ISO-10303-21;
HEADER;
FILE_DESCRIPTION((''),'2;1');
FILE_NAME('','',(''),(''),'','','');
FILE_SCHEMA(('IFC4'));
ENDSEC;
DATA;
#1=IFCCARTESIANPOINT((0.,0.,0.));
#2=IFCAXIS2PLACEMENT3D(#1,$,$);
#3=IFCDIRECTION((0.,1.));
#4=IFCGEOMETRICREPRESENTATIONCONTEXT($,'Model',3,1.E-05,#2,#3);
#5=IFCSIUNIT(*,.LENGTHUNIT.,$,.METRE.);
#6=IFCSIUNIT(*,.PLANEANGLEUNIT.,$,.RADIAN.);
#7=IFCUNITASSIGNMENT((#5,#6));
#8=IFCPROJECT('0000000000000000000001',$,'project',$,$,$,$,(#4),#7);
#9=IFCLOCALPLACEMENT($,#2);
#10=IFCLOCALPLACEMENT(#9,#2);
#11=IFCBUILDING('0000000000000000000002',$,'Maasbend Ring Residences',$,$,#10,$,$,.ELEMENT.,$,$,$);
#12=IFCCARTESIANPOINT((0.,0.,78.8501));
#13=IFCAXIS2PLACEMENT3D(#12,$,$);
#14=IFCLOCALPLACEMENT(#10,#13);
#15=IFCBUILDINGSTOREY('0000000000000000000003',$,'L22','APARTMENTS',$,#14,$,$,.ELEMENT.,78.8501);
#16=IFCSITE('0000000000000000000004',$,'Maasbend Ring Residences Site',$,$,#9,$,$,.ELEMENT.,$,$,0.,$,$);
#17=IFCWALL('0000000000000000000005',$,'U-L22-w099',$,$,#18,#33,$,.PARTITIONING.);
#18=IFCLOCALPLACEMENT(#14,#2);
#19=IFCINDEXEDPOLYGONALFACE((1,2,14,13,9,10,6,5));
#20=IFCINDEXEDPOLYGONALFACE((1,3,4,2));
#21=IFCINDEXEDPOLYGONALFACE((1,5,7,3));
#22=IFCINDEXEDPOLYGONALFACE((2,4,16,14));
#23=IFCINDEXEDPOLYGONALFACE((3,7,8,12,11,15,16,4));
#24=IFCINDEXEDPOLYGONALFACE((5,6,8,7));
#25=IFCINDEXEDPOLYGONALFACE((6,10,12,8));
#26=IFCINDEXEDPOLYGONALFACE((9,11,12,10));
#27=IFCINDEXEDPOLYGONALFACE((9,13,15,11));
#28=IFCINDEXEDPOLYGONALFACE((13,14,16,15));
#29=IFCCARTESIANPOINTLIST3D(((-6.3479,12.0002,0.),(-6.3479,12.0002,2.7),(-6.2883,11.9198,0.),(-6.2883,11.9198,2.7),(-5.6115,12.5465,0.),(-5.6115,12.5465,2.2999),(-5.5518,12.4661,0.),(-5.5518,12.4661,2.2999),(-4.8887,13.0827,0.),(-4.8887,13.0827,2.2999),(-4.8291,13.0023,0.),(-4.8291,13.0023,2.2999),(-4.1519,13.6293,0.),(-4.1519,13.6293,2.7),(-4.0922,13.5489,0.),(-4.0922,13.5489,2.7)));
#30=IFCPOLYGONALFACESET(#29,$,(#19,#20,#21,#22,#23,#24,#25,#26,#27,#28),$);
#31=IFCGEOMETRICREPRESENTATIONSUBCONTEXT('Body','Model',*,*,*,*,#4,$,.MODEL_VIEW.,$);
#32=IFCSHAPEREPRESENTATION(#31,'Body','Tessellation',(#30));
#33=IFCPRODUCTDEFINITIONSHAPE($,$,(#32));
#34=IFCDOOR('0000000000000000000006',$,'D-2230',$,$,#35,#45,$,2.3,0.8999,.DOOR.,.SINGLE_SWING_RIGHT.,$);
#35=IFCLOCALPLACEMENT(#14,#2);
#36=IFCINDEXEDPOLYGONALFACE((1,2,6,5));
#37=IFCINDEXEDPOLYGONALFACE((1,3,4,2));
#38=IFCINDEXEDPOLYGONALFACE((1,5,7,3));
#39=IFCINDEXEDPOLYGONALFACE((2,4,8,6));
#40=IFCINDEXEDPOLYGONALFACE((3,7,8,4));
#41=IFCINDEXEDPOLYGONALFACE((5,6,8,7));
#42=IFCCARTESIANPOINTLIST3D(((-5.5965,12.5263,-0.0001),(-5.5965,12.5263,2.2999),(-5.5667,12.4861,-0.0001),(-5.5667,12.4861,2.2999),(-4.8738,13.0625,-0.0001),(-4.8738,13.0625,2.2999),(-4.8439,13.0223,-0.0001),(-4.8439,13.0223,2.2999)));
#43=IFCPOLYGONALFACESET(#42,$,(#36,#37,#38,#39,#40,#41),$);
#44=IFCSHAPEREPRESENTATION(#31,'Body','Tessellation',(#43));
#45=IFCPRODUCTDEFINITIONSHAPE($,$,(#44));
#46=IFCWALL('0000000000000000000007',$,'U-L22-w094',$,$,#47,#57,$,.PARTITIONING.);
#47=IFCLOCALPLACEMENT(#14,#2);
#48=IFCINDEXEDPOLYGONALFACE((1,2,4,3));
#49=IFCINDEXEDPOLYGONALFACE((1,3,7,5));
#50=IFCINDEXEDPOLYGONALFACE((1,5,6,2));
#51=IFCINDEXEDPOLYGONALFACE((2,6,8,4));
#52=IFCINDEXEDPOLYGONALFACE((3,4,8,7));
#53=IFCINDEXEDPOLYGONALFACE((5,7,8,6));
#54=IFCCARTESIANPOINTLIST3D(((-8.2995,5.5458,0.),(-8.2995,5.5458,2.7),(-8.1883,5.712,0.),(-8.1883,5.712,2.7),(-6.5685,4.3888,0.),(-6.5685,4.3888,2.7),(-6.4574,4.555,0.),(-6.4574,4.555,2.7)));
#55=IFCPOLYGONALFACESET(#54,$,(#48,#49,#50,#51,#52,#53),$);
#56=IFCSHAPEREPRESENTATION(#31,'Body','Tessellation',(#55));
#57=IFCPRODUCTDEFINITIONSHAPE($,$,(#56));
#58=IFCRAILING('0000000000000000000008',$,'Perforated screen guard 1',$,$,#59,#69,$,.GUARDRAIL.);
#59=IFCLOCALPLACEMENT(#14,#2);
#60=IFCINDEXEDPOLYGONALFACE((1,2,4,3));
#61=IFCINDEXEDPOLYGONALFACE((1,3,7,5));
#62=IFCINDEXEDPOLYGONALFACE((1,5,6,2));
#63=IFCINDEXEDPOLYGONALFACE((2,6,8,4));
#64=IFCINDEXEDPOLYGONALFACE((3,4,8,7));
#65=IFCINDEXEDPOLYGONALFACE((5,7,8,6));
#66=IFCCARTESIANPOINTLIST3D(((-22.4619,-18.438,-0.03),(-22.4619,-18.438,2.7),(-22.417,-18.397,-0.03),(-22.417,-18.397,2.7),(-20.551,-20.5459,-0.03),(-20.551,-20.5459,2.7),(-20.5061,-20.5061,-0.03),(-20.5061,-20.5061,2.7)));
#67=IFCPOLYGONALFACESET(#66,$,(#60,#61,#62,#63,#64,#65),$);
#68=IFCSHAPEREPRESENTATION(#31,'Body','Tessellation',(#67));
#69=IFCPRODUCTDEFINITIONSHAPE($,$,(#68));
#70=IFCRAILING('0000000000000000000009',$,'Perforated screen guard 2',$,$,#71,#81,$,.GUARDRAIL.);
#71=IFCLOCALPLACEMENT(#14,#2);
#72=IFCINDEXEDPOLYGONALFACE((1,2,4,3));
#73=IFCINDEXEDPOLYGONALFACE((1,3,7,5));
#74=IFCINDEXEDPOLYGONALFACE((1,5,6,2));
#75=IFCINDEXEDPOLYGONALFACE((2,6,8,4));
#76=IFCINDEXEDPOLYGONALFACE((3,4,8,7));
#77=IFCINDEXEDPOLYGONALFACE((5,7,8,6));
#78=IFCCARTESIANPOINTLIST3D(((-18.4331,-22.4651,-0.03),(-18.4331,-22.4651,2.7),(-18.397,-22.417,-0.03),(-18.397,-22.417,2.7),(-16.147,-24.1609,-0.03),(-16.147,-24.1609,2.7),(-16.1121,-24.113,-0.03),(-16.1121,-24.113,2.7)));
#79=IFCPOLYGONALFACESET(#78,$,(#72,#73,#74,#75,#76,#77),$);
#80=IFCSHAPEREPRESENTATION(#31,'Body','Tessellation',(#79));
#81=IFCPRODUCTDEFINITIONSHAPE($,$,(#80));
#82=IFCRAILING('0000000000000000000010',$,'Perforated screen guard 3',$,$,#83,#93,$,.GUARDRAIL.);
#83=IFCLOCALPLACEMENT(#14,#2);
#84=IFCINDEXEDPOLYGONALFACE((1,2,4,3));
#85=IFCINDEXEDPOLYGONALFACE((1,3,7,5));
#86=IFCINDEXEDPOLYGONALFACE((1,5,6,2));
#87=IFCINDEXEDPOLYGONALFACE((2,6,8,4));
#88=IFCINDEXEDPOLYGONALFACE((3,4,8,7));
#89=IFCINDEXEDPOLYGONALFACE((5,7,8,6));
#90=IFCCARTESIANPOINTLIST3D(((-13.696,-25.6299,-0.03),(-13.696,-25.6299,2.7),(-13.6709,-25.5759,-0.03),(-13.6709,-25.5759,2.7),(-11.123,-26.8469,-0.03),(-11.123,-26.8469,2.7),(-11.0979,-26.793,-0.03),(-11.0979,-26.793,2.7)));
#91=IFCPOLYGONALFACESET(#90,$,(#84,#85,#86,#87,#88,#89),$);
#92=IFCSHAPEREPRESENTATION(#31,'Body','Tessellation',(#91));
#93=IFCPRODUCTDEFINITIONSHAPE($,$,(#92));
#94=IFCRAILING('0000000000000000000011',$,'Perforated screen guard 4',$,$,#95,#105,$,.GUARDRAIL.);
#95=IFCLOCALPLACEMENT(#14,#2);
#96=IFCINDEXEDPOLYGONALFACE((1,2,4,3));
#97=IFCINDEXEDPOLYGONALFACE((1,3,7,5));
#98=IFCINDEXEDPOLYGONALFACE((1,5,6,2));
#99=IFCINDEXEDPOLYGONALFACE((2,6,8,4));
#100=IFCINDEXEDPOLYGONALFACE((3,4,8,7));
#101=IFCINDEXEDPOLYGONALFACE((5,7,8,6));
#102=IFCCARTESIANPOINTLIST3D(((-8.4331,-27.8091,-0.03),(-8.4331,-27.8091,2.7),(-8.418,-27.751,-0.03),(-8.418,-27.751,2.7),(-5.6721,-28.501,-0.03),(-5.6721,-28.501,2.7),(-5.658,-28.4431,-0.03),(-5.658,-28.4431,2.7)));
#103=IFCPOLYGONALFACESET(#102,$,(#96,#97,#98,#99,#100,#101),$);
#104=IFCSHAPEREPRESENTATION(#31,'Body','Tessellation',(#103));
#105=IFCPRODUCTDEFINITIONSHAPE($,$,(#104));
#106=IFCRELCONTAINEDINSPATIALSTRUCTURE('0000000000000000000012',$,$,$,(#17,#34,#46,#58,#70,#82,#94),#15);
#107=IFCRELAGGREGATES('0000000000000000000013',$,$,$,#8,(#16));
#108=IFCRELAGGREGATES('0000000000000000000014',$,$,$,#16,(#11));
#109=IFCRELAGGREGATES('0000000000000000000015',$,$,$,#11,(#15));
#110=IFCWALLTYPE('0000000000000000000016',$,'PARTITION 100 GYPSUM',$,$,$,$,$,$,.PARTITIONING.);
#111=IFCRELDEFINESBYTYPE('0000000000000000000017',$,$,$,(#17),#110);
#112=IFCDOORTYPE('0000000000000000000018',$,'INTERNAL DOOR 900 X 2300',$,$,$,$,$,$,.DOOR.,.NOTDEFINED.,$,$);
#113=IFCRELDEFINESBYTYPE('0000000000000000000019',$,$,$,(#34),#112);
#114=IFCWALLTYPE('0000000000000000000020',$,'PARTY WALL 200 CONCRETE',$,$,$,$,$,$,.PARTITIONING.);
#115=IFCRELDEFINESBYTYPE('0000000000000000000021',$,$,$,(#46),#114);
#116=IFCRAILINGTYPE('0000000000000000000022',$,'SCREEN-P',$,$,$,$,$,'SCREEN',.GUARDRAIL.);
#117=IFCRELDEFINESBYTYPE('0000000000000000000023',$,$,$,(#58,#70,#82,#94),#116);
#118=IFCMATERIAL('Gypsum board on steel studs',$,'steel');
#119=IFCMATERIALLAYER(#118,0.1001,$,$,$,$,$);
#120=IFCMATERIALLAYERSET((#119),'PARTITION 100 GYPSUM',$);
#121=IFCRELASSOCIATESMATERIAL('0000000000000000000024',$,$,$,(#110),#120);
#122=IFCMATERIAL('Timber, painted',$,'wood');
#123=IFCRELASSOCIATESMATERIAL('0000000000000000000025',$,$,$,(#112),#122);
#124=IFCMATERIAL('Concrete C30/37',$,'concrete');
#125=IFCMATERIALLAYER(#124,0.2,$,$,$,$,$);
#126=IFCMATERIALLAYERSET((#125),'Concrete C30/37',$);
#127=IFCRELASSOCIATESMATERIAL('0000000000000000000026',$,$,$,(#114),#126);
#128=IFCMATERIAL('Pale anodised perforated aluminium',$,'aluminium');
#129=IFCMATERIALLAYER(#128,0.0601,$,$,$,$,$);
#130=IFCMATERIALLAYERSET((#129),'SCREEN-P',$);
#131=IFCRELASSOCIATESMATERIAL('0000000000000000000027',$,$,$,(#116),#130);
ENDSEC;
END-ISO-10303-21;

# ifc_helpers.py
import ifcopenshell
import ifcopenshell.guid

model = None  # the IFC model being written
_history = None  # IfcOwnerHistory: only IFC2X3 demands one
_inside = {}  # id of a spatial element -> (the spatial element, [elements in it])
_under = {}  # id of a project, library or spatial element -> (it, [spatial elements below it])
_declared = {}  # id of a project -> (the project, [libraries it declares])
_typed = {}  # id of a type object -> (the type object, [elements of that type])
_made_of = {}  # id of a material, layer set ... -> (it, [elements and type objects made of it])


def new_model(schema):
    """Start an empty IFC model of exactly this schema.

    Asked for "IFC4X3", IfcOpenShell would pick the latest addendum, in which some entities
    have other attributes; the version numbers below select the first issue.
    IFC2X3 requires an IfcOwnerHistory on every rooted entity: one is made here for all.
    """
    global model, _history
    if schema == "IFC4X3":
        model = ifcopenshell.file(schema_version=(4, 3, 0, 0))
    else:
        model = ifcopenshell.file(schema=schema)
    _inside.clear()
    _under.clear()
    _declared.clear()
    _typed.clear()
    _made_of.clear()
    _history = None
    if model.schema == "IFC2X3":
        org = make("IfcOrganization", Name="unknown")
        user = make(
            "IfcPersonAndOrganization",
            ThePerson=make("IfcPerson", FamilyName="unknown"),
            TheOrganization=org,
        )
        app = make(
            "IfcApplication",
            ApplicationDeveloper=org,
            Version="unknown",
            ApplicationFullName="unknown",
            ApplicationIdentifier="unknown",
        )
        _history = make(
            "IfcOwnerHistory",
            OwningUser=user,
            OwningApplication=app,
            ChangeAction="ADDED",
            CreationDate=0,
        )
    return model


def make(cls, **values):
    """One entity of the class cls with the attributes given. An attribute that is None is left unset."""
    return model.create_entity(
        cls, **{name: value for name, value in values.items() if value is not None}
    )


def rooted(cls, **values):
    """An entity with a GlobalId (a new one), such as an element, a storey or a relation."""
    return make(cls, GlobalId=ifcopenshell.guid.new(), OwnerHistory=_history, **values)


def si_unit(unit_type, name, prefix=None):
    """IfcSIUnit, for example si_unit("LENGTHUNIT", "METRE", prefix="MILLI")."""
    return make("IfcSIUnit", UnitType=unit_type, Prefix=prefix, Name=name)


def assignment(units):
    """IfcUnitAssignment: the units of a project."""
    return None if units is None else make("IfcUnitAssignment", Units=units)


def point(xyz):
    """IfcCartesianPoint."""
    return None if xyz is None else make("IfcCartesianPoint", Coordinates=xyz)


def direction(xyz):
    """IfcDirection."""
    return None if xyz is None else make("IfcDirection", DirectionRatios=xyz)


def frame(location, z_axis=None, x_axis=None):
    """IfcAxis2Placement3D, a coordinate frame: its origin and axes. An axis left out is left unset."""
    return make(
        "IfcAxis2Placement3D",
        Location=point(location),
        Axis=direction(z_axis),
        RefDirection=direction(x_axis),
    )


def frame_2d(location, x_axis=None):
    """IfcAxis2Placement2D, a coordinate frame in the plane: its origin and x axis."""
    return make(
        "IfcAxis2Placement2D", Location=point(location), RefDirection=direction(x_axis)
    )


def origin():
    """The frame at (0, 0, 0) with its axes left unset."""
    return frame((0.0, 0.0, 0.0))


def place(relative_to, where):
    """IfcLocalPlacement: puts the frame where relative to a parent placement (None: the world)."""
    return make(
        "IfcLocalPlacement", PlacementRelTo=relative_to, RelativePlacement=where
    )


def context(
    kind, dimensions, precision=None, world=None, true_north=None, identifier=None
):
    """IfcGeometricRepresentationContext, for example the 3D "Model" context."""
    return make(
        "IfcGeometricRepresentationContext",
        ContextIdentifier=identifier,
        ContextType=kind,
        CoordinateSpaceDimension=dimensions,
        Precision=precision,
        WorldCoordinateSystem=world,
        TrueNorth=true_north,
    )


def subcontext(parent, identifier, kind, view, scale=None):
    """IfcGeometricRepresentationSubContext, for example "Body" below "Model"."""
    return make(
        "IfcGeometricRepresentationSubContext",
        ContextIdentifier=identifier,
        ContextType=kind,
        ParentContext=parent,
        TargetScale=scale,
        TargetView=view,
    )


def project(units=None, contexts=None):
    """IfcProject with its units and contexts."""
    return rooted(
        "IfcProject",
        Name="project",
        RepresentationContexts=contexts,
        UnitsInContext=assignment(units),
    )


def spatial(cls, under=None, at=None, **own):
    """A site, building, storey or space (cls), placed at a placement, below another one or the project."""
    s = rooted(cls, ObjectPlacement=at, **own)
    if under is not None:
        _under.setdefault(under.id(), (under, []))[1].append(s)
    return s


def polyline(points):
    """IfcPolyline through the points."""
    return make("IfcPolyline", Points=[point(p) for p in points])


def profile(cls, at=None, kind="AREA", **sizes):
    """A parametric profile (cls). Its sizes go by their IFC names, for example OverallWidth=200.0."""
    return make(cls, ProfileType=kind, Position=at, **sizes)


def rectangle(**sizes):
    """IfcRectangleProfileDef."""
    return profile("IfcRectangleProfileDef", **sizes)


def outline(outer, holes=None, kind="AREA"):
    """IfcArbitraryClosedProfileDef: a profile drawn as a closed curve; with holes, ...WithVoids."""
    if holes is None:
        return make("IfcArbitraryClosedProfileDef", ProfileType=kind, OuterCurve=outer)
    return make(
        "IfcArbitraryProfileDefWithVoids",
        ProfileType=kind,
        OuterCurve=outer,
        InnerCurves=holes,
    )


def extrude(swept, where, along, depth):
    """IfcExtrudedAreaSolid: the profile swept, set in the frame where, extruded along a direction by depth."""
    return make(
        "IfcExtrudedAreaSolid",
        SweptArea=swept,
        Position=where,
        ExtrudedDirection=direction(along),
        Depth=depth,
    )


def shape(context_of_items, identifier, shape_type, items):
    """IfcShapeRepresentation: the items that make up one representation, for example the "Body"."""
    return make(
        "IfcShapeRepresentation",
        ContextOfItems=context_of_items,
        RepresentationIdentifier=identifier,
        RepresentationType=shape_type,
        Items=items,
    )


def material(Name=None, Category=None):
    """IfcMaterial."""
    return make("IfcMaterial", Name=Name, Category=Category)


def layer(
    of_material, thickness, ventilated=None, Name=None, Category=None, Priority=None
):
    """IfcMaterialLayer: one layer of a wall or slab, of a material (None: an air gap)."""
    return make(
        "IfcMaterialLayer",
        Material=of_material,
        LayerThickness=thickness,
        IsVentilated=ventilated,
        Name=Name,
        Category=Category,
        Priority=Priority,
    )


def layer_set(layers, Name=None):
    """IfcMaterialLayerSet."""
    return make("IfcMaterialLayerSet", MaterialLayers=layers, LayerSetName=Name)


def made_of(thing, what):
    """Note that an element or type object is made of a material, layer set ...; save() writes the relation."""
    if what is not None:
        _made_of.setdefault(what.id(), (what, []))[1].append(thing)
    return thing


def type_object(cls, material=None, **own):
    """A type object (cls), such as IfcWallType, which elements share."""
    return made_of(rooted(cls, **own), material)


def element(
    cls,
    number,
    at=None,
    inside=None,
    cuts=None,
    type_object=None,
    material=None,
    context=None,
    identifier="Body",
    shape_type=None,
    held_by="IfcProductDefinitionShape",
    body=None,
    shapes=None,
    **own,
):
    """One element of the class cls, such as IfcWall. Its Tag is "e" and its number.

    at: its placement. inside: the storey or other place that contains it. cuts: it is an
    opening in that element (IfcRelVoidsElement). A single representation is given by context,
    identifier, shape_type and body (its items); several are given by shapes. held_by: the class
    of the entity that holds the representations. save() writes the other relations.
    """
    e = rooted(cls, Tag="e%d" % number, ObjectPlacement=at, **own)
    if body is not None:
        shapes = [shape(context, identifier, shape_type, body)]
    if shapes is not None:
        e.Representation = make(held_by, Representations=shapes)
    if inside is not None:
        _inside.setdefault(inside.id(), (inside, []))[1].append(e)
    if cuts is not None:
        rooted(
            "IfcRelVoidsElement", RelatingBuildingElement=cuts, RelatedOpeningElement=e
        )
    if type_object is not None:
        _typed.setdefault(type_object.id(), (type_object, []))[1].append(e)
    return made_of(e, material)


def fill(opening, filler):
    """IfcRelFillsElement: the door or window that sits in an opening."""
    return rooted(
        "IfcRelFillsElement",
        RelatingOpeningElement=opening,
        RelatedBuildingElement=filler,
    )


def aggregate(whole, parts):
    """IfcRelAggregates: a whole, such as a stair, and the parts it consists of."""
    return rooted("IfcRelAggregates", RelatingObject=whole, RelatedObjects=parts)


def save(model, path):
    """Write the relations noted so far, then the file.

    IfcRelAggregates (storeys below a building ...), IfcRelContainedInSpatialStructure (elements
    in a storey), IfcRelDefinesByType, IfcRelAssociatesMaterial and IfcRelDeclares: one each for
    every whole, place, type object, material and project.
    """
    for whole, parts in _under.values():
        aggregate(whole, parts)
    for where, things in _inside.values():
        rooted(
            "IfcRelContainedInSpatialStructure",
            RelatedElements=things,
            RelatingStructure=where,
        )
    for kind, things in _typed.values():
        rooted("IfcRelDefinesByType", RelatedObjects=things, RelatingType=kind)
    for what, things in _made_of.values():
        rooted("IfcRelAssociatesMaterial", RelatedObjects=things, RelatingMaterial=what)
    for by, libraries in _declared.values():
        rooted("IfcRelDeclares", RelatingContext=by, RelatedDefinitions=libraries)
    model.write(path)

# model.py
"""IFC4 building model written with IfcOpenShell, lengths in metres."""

from ifc_helpers import new_model, si_unit, direction, frame, frame_2d, origin, place, context, subcontext, project, spatial, polyline, rectangle, outline, extrude, material, layer, layer_set, type_object, element, fill, save


model = new_model("IFC4")

# Units and contexts
model_context = context("Model", 3, precision=1e-05, world=origin(), true_north=direction((0.0, 1.0)))
body_context = subcontext(model_context, "Body", "Model", "MODEL_VIEW")
ifc_project = project(units=[si_unit("LENGTHUNIT", "METRE"), si_unit("PLANEANGLEUNIT", "RADIAN")], contexts=[model_context])

# Site, building, storey
site_placement = place(None, origin())
site = spatial("IfcSite", under=ifc_project, at=site_placement, Name="Maasbend Ring Residences Site", CompositionType="ELEMENT", RefElevation=0.0)
building_placement = place(site_placement, origin())
building = spatial("IfcBuilding", under=site, at=building_placement, Name="Maasbend Ring Residences", CompositionType="ELEMENT")
storey_placement = place(building_placement, frame((0.0, 0.0, 78.8501)))
storey = spatial("IfcBuildingStorey", under=building, at=storey_placement, Name="L22", Description="APARTMENTS", CompositionType="ELEMENT", Elevation=78.8501)

# Wall, opening, door
ifc_material_1 = material(Name="Gypsum board on steel studs", Category="steel")
ifc_layer_1 = layer(ifc_material_1, 0.1001)
ifc_layer_set_1 = layer_set([ifc_layer_1], Name="PARTITION 100 GYPSUM")
wall_type_1 = type_object("IfcWallType", Name="PARTITION 100 GYPSUM", PredefinedType="PARTITIONING", material=ifc_layer_set_1)
wall_1_placement = place(storey_placement, frame((-6.3181, 11.96, 0.0), z_axis=(0.0, 0.0, 1.0), x_axis=(0.803128, 0.595806, 0.0)))
wall_1 = element("IfcWall", 1, at=wall_1_placement, inside=storey, type_object=wall_type_1, Name="U-L22-w099", PredefinedType="PARTITIONING", context=body_context, shape_type="SweptSolid", body=[
    extrude(rectangle(XDim=2.7344, YDim=0.1001, at=frame_2d((1.3672, 0.0))), origin(), (0.0, 0.0, 1.0), 2.7),
])
opening_placement = place(wall_1_placement, frame((0.917, 0.0, 0.0)))
opening = element("IfcOpeningElement", 2, at=opening_placement, cuts=wall_1, PredefinedType="OPENING", context=body_context, shape_type="SweptSolid", body=[
    extrude(rectangle(XDim=0.8999, YDim=2.3, at=frame_2d((0.45, 1.1499))), frame((0.0, 0.0601, 0.0), z_axis=(0.0, -1.0, 0.0), x_axis=(1.0, 0.0, 0.0)), (0.0, 0.0, 1.0), 0.1201),
])
ifc_material_2 = material(Name="Timber, painted", Category="wood")
door_type = type_object("IfcDoorType", Name="INTERNAL DOOR 900 X 2300", OperationType="NOTDEFINED", PredefinedType="DOOR", material=ifc_material_2)
door_placement = place(opening_placement, origin())
door = element("IfcDoor", 3, at=door_placement, inside=storey, type_object=door_type, Name="D-2230", OperationType="SINGLE_SWING_RIGHT", OverallHeight=2.3, OverallWidth=0.8999, PredefinedType="DOOR", context=body_context, shape_type="SweptSolid", body=[
    extrude(rectangle(XDim=0.8999, YDim=2.3, at=frame_2d((0.45, 1.1499))), frame((0.0, 0.0249, 0.0), z_axis=(0.0, -1.0, 0.0), x_axis=(1.0, 0.0, 0.0)), (0.0, 0.0, 1.0), 0.05),
])
fill(opening, door)

# Wall
ifc_material_3 = material(Name="Concrete C30/37", Category="concrete")
ifc_layer_2 = layer(ifc_material_3, 0.2)
ifc_layer_set_2 = layer_set([ifc_layer_2], Name="Concrete C30/37")
wall_type_2 = type_object("IfcWallType", Name="PARTY WALL 200 CONCRETE", PredefinedType="PARTITIONING", material=ifc_layer_set_2)
wall_2_placement = place(storey_placement, frame((-6.5129, 4.4719, 0.0), z_axis=(0.0, 0.0, 1.0), x_axis=(-0.831382, 0.555701, 0.0)))
element("IfcWall", 4, at=wall_2_placement, inside=storey, type_object=wall_type_2, Name="U-L22-w094", PredefinedType="PARTITIONING", context=body_context, shape_type="SweptSolid", body=[
    extrude(rectangle(XDim=2.082, YDim=0.2, at=frame_2d((1.041, 0.0))), origin(), (0.0, 0.0, 1.0), 2.7),
])

# Railings
ifc_material_4 = material(Name="Pale anodised perforated aluminium", Category="aluminium")
ifc_layer_3 = layer(ifc_material_4, 0.0601)
ifc_layer_set_3 = layer_set([ifc_layer_3], Name="SCREEN-P")
railing_type = type_object("IfcRailingType", Name="SCREEN-P", ElementType="SCREEN", PredefinedType="GUARDRAIL", material=ifc_layer_set_3)
railing_1_placement = place(storey_placement, frame((0.0, 0.0, -0.03)))
element("IfcRailing", 5, at=railing_1_placement, inside=storey, type_object=railing_type, Name="Perforated screen guard 1", PredefinedType="GUARDRAIL", context=body_context, shape_type="SweptSolid", body=[
    extrude(outline(polyline([(-22.417, -18.397), (-20.5061, -20.5061), (-20.551, -20.5459), (-22.4619, -18.438), (-22.417, -18.397)])), origin(), (0.0, 0.0, 1.0), 2.73),
])
railing_2_placement = place(storey_placement, frame((0.0, 0.0, -0.03)))
element("IfcRailing", 6, at=railing_2_placement, inside=storey, type_object=railing_type, Name="Perforated screen guard 2", PredefinedType="GUARDRAIL", context=body_context, shape_type="SweptSolid", body=[
    extrude(outline(polyline([(-18.397, -22.417), (-16.1121, -24.113), (-16.147, -24.1609), (-18.4331, -22.4651), (-18.397, -22.417)])), origin(), (0.0, 0.0, 1.0), 2.73),
])
railing_3_placement = place(storey_placement, frame((0.0, 0.0, -0.03)))
element("IfcRailing", 7, at=railing_3_placement, inside=storey, type_object=railing_type, Name="Perforated screen guard 3", PredefinedType="GUARDRAIL", context=body_context, shape_type="SweptSolid", body=[
    extrude(outline(polyline([(-13.6709, -25.5759), (-11.0979, -26.793), (-11.123, -26.8469), (-13.696, -25.6299), (-13.6709, -25.5759)])), origin(), (0.0, 0.0, 1.0), 2.73),
])
railing_4_placement = place(storey_placement, frame((0.0, 0.0, -0.03)))
element("IfcRailing", 8, at=railing_4_placement, inside=storey, type_object=railing_type, Name="Perforated screen guard 4", PredefinedType="GUARDRAIL", context=body_context, shape_type="SweptSolid", body=[
    extrude(outline(polyline([(-8.418, -27.751), (-5.658, -28.4431), (-5.6721, -28.501), (-8.4331, -27.8091), (-8.418, -27.751)])), origin(), (0.0, 0.0, 1.0), 2.73),
])

save(model, "model.ifc")
